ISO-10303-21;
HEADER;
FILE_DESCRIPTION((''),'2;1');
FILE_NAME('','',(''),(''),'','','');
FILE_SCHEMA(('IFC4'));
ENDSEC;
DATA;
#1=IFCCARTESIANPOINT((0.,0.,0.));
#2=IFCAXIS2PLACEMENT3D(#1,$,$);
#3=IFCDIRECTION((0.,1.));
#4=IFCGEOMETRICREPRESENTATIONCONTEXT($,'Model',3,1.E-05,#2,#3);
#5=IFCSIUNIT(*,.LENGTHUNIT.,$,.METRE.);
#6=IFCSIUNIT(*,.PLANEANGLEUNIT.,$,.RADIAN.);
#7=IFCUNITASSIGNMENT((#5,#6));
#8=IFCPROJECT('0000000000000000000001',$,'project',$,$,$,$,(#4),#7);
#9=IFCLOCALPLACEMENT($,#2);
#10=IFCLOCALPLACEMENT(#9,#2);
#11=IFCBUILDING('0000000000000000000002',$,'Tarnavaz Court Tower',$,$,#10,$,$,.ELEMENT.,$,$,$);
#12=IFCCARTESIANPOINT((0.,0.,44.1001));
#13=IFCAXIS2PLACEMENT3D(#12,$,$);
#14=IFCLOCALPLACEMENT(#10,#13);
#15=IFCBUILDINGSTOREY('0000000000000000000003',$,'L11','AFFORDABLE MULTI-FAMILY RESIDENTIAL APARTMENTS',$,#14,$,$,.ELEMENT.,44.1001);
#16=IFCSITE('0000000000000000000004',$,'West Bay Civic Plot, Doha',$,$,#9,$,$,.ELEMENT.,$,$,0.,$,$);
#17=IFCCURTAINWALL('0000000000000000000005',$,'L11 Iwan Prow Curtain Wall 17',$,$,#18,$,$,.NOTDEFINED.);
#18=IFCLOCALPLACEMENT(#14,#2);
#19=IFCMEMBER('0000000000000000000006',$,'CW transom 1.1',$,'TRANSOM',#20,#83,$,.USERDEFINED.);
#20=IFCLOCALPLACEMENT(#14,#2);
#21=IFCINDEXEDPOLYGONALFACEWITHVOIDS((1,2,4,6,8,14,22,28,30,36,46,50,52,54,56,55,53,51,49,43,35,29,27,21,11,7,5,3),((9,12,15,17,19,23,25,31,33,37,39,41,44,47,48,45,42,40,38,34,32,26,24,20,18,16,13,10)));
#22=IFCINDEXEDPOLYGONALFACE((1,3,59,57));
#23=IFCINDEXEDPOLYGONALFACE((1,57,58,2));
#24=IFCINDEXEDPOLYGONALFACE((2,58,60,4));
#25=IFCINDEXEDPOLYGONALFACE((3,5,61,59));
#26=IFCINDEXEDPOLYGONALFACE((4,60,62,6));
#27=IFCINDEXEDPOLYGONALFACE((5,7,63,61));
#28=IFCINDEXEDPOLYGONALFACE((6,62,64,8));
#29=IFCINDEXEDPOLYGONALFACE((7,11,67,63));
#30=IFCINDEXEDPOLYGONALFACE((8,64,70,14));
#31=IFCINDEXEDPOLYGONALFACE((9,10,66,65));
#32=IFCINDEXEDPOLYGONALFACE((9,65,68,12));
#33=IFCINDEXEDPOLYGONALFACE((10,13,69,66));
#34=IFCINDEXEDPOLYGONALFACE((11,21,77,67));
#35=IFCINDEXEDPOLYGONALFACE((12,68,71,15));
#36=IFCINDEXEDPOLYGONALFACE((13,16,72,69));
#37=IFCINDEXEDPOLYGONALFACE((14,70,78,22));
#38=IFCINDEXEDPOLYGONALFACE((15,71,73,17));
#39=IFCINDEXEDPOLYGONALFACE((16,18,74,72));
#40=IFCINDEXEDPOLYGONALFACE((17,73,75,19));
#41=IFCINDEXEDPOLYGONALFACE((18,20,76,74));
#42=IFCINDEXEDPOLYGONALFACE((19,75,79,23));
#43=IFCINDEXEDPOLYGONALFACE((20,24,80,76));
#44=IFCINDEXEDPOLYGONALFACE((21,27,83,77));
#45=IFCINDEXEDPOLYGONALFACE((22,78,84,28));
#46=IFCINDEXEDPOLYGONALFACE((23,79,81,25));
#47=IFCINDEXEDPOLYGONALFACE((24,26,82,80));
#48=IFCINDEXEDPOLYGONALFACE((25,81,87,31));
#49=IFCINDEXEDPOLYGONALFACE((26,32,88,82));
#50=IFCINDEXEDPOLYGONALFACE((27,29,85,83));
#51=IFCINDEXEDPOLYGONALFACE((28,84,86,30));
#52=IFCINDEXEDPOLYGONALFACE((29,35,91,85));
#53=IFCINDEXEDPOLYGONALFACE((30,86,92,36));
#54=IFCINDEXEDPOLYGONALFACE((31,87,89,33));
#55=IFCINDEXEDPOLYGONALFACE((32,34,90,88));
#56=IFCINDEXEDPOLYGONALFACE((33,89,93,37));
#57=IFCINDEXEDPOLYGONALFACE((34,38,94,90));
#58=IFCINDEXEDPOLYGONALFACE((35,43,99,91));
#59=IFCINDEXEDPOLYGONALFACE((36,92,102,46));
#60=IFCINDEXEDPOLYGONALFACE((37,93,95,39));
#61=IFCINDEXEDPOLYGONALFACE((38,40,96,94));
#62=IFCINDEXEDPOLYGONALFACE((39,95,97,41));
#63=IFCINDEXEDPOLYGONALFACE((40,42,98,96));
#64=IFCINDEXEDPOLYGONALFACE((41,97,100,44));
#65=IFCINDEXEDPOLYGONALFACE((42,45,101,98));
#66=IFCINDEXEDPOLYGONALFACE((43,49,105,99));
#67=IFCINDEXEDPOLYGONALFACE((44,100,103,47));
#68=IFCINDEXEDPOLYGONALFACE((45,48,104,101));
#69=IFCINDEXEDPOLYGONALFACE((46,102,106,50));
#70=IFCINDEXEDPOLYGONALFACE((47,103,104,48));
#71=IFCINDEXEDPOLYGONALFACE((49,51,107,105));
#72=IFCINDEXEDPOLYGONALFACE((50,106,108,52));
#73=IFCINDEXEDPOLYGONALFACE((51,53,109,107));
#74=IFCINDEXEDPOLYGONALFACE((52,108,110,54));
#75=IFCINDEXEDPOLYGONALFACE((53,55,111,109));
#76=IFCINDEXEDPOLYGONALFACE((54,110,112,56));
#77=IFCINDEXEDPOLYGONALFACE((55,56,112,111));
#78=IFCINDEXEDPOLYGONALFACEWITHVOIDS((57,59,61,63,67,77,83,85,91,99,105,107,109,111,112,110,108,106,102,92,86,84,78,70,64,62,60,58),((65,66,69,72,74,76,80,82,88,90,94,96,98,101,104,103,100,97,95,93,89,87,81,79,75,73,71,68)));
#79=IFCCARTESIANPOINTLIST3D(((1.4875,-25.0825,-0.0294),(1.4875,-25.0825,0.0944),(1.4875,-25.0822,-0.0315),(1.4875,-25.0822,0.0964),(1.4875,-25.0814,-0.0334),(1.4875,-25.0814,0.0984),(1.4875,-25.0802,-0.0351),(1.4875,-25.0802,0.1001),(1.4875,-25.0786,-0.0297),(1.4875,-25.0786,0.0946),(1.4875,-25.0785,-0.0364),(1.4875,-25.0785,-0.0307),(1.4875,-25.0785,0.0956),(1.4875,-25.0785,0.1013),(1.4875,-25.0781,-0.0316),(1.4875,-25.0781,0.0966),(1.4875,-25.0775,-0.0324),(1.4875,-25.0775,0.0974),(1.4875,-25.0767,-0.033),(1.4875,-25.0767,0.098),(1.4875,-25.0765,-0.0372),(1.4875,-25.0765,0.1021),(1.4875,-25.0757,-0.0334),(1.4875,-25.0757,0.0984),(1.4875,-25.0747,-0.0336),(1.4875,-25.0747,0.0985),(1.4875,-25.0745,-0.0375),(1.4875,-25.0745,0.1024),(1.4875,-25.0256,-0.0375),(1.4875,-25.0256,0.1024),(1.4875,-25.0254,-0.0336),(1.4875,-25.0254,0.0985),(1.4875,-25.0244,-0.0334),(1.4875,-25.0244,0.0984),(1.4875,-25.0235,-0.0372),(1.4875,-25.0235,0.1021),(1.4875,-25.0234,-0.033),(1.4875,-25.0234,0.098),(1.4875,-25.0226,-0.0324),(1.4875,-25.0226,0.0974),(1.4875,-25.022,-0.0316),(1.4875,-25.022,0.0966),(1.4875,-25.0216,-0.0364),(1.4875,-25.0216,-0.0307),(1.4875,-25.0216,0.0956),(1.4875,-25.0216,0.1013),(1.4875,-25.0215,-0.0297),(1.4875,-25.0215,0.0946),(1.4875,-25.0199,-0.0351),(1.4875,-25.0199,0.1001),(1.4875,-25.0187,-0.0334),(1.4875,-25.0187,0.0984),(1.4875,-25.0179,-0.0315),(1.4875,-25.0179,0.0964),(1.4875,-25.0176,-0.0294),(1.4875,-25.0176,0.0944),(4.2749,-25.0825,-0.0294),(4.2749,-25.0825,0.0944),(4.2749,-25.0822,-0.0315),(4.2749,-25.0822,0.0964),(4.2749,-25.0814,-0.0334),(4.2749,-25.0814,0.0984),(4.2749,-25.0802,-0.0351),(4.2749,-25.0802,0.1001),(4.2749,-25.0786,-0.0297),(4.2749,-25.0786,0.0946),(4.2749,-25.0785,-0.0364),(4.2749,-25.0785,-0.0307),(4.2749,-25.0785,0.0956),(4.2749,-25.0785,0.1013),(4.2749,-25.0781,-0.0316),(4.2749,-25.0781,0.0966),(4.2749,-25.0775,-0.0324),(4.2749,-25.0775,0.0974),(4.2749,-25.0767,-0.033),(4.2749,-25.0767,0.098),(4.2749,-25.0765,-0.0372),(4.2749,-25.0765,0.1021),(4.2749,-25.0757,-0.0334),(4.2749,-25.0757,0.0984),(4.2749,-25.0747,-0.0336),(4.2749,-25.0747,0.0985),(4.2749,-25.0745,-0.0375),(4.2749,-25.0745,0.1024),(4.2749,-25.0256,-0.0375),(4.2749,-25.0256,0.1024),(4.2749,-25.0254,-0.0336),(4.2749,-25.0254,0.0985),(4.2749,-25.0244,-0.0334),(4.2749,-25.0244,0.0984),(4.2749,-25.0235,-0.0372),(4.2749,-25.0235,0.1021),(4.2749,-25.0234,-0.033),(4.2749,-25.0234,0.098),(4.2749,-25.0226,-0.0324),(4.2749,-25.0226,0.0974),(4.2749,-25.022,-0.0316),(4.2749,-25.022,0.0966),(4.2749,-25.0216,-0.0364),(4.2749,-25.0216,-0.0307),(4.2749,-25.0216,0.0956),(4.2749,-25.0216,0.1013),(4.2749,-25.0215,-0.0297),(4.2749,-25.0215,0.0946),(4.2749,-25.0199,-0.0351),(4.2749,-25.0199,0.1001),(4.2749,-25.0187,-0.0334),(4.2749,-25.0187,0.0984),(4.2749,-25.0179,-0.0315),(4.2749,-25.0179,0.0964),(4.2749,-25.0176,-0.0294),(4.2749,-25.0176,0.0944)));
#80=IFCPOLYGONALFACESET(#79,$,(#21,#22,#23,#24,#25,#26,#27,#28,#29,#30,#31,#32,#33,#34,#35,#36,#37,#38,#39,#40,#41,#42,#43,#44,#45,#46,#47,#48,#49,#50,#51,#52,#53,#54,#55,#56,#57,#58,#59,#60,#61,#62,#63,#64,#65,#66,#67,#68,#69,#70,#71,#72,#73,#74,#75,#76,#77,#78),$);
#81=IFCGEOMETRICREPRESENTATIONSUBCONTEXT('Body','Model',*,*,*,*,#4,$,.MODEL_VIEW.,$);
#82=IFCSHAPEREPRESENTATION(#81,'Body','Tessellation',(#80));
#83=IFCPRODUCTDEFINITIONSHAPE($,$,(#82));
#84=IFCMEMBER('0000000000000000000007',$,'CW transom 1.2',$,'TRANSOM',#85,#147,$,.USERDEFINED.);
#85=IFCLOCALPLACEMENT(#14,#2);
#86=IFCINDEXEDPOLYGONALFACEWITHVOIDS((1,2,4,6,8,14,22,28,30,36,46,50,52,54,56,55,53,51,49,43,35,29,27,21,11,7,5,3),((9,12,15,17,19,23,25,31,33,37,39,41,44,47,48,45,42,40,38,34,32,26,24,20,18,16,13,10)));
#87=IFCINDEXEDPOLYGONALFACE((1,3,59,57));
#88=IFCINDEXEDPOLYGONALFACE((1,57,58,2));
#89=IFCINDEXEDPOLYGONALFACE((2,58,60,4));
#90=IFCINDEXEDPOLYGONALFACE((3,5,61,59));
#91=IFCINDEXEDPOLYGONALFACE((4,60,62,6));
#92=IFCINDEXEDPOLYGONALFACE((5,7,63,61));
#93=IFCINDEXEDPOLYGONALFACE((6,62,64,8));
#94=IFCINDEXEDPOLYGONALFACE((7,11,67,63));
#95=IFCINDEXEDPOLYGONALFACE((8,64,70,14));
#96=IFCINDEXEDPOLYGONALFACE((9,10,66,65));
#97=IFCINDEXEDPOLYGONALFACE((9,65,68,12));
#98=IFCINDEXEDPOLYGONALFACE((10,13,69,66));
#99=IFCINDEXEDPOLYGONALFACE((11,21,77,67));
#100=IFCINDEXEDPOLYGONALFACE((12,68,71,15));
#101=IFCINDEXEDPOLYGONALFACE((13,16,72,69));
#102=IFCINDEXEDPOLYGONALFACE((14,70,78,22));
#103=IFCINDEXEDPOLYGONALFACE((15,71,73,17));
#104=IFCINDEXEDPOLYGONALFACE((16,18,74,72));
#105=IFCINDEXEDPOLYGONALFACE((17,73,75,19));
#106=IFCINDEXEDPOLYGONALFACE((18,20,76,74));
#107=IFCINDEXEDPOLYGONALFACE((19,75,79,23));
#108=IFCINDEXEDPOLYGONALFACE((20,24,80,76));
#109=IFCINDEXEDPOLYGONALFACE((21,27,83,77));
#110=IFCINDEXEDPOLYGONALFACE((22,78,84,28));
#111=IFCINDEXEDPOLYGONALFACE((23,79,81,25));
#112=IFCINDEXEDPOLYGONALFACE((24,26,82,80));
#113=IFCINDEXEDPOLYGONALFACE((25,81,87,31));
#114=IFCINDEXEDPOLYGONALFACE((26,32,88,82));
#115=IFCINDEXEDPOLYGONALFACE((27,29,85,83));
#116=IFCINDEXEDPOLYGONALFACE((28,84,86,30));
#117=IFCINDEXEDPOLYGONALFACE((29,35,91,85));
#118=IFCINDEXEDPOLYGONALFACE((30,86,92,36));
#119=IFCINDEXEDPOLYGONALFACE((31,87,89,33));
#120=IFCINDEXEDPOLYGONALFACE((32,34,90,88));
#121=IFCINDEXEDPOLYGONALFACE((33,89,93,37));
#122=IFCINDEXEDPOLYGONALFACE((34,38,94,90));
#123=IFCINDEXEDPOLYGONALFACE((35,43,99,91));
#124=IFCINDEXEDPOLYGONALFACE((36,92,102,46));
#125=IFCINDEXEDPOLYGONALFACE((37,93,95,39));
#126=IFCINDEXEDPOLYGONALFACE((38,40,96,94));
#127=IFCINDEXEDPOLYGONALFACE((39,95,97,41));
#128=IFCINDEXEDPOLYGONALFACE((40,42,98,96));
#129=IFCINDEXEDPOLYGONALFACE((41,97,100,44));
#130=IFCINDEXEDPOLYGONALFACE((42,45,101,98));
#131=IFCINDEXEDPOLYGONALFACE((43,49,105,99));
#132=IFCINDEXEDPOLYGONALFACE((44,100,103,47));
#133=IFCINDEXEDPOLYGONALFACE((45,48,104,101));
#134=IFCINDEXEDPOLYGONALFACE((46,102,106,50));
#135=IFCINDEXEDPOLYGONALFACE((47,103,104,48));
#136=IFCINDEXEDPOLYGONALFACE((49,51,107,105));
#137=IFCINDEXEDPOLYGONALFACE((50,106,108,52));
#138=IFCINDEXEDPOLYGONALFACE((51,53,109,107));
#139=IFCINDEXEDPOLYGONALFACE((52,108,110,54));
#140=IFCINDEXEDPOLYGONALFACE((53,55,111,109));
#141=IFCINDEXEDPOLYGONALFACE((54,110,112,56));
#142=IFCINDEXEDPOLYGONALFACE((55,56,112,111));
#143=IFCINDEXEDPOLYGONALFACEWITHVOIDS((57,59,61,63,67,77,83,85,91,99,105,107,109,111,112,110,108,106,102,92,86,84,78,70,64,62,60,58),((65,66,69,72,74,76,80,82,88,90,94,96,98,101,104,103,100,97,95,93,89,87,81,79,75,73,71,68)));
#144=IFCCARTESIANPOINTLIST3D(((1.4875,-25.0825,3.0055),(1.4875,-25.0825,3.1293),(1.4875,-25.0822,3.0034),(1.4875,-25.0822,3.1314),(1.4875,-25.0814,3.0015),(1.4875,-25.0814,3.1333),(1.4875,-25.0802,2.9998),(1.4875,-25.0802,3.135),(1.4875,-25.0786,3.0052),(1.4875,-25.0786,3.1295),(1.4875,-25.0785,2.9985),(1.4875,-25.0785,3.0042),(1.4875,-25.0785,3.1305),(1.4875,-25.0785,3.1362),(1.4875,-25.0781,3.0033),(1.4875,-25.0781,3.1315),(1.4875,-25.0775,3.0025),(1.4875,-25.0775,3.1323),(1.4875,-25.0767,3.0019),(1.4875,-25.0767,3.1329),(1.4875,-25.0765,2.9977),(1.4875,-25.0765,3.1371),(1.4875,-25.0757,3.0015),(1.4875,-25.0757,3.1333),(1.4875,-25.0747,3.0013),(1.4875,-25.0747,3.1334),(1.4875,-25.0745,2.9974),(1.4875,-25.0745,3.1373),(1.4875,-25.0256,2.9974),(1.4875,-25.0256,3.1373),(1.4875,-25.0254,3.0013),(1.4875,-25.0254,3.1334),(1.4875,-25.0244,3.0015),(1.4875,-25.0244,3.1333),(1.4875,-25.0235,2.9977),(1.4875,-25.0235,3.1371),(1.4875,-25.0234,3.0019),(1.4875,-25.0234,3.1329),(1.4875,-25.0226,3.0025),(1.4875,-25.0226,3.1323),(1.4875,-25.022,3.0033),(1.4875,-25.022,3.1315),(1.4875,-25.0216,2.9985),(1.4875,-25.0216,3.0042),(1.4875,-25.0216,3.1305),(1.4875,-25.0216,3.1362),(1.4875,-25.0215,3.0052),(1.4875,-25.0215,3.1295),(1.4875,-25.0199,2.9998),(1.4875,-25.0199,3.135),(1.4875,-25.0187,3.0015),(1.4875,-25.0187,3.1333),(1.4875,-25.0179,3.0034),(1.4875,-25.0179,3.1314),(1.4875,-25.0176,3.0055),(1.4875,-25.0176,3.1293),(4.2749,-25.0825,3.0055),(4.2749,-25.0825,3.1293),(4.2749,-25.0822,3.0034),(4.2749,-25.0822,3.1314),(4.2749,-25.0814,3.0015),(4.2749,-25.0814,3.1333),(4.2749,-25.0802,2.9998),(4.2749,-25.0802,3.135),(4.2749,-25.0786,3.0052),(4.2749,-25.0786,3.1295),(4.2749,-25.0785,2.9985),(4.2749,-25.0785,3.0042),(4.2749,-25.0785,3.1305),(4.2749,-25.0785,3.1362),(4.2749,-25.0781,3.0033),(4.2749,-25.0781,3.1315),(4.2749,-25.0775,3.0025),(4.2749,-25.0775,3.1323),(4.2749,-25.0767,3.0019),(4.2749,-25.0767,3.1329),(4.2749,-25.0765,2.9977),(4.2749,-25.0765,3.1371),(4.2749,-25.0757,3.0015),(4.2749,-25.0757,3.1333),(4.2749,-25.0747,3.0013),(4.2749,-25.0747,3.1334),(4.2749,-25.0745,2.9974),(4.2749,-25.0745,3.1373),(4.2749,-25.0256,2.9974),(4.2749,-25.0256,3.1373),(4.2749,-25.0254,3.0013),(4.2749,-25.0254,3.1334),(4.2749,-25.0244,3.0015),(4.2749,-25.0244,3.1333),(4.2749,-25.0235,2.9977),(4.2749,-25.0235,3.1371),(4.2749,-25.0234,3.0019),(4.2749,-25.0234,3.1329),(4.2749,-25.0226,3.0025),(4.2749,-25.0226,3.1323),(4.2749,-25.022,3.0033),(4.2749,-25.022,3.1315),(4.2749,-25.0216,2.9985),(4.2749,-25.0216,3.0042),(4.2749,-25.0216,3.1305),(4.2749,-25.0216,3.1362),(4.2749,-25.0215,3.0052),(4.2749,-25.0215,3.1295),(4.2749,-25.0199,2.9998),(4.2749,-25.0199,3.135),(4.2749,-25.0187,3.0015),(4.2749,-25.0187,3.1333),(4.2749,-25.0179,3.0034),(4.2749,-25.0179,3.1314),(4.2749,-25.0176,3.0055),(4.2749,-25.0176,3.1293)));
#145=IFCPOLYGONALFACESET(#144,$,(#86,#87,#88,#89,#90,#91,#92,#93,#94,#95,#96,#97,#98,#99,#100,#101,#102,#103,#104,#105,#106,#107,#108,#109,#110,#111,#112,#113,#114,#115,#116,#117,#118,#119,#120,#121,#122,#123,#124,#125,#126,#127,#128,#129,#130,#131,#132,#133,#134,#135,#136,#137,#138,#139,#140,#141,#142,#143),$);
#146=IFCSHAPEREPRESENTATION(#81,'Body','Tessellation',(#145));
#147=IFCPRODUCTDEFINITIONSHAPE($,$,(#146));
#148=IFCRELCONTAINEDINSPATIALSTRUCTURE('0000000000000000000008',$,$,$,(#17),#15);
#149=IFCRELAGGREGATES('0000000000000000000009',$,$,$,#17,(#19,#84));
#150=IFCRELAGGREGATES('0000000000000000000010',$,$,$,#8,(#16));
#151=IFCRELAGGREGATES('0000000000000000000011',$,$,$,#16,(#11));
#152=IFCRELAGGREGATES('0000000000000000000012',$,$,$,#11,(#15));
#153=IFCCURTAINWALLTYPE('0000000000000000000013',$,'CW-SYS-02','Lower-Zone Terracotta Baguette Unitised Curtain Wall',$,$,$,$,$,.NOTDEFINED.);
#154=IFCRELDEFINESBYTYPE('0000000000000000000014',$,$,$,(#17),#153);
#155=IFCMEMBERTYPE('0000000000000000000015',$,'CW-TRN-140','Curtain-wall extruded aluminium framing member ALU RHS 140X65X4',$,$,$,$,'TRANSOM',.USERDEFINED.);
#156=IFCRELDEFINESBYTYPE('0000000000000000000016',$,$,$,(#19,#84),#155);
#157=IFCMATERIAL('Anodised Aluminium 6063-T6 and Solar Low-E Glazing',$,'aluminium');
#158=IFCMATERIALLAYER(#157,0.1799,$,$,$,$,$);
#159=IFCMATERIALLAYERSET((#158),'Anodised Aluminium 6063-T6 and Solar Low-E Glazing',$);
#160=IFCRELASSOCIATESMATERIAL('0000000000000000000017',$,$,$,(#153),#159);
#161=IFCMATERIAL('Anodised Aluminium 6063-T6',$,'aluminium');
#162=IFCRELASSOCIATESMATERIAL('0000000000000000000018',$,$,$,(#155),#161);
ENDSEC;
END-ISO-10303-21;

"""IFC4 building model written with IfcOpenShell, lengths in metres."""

from ifc_helpers import new_model, si_unit, direction, frame, origin, origin_2d, place, context, subcontext, project, spatial, hollow_rectangle, extrude, material, layer, layer_set, material_profile, profile_set, type_object, element, aggregate, save


model = new_model("IFC4")

# Units and contexts
model_context = context("Model", 3, precision=1e-05, world=origin(), true_north=direction((0.0, 1.0)))
body_context = subcontext(model_context, "Body", "Model", "MODEL_VIEW")
ifc_project = project(units=[si_unit("LENGTHUNIT", "METRE"), si_unit("PLANEANGLEUNIT", "RADIAN")], contexts=[model_context])

# Site, building, storey
site_placement = place(None, origin())
site = spatial("IfcSite", under=ifc_project, at=site_placement, Name="West Bay Civic Plot, Doha", CompositionType="ELEMENT", RefElevation=0.0)
building_placement = place(site_placement, origin())
building = spatial("IfcBuilding", under=site, at=building_placement, Name="Tarnavaz Court Tower", CompositionType="ELEMENT")
storey_placement = place(building_placement, frame((0.0, 0.0, 44.1001)))
storey = spatial("IfcBuildingStorey", under=building, at=storey_placement, Name="L11", Description="AFFORDABLE MULTI-FAMILY RESIDENTIAL APARTMENTS", CompositionType="ELEMENT", Elevation=44.1001)

# Curtain wall, members
ifc_material_1 = material(Name="Anodised Aluminium 6063-T6 and Solar Low-E Glazing", Category="aluminium")
ifc_layer_1 = layer(ifc_material_1, 0.1799)
ifc_layer_set_1 = layer_set([ifc_layer_1], Name="Anodised Aluminium 6063-T6 and Solar Low-E Glazing")
curtain_wall_type = type_object("IfcCurtainWallType", Name="CW-SYS-02", Description="Lower-Zone Terracotta Baguette Unitised Curtain Wall", PredefinedType="NOTDEFINED", material=ifc_layer_set_1)
curtain_wall_placement = place(storey_placement, origin())
curtain_wall = element("IfcCurtainWall", 1, at=curtain_wall_placement, inside=storey, type_object=curtain_wall_type, Name="L11 Iwan Prow Curtain Wall 17", PredefinedType="NOTDEFINED")
ifc_material_2 = material(Name="Anodised Aluminium 6063-T6", Category="aluminium")
ifc_material_profile_1 = material_profile(ifc_material_2, hollow_rectangle(XDim=0.0649, YDim=0.1399, WallThickness=0.0039, InnerFilletRadius=0.0039, OuterFilletRadius=0.0081, at=origin_2d()), Name="ALU RHS 140X65X4")
ifc_profile_set_1 = profile_set([ifc_material_profile_1], Name="Anodised Aluminium 6063-T6")
member_type_1 = type_object("IfcMemberType", Name="CW-TRN-140", Description="Curtain-wall extruded aluminium framing member ALU RHS 140X65X4", ElementType="TRANSOM", PredefinedType="USERDEFINED", material=ifc_profile_set_1)
member_1_placement = place(storey_placement, frame((4.2749, -25.05, 0.0325), z_axis=(-1.0, 0.0, 0.0), x_axis=(0.0, -1.0, 0.0)))
member_1 = element("IfcMember", 2, at=member_1_placement, type_object=member_type_1, Name="CW transom 1.1", ObjectType="TRANSOM", PredefinedType="USERDEFINED", context=body_context, shape_type="SweptSolid", body=[
    extrude(hollow_rectangle(XDim=0.0649, YDim=0.1399, WallThickness=0.0039, InnerFilletRadius=0.0039, OuterFilletRadius=0.0081, at=origin_2d()), origin(), (0.0, 0.0, 1.0), 2.7874),
])
member_2_placement = place(storey_placement, frame((4.2749, -25.05, 3.0674), z_axis=(-1.0, 0.0, 0.0), x_axis=(0.0, -1.0, 0.0)))
member_2 = element("IfcMember", 3, at=member_2_placement, type_object=member_type_1, Name="CW transom 1.2", ObjectType="TRANSOM", PredefinedType="USERDEFINED", context=body_context, shape_type="SweptSolid", body=[
    extrude(hollow_rectangle(XDim=0.0649, YDim=0.1399, WallThickness=0.0039, InnerFilletRadius=0.0039, OuterFilletRadius=0.0081, at=origin_2d()), origin(), (0.0, 0.0, 1.0), 2.7874),
])
aggregate(curtain_wall, [member_1, member_2])

save(model, "model.ifc")
